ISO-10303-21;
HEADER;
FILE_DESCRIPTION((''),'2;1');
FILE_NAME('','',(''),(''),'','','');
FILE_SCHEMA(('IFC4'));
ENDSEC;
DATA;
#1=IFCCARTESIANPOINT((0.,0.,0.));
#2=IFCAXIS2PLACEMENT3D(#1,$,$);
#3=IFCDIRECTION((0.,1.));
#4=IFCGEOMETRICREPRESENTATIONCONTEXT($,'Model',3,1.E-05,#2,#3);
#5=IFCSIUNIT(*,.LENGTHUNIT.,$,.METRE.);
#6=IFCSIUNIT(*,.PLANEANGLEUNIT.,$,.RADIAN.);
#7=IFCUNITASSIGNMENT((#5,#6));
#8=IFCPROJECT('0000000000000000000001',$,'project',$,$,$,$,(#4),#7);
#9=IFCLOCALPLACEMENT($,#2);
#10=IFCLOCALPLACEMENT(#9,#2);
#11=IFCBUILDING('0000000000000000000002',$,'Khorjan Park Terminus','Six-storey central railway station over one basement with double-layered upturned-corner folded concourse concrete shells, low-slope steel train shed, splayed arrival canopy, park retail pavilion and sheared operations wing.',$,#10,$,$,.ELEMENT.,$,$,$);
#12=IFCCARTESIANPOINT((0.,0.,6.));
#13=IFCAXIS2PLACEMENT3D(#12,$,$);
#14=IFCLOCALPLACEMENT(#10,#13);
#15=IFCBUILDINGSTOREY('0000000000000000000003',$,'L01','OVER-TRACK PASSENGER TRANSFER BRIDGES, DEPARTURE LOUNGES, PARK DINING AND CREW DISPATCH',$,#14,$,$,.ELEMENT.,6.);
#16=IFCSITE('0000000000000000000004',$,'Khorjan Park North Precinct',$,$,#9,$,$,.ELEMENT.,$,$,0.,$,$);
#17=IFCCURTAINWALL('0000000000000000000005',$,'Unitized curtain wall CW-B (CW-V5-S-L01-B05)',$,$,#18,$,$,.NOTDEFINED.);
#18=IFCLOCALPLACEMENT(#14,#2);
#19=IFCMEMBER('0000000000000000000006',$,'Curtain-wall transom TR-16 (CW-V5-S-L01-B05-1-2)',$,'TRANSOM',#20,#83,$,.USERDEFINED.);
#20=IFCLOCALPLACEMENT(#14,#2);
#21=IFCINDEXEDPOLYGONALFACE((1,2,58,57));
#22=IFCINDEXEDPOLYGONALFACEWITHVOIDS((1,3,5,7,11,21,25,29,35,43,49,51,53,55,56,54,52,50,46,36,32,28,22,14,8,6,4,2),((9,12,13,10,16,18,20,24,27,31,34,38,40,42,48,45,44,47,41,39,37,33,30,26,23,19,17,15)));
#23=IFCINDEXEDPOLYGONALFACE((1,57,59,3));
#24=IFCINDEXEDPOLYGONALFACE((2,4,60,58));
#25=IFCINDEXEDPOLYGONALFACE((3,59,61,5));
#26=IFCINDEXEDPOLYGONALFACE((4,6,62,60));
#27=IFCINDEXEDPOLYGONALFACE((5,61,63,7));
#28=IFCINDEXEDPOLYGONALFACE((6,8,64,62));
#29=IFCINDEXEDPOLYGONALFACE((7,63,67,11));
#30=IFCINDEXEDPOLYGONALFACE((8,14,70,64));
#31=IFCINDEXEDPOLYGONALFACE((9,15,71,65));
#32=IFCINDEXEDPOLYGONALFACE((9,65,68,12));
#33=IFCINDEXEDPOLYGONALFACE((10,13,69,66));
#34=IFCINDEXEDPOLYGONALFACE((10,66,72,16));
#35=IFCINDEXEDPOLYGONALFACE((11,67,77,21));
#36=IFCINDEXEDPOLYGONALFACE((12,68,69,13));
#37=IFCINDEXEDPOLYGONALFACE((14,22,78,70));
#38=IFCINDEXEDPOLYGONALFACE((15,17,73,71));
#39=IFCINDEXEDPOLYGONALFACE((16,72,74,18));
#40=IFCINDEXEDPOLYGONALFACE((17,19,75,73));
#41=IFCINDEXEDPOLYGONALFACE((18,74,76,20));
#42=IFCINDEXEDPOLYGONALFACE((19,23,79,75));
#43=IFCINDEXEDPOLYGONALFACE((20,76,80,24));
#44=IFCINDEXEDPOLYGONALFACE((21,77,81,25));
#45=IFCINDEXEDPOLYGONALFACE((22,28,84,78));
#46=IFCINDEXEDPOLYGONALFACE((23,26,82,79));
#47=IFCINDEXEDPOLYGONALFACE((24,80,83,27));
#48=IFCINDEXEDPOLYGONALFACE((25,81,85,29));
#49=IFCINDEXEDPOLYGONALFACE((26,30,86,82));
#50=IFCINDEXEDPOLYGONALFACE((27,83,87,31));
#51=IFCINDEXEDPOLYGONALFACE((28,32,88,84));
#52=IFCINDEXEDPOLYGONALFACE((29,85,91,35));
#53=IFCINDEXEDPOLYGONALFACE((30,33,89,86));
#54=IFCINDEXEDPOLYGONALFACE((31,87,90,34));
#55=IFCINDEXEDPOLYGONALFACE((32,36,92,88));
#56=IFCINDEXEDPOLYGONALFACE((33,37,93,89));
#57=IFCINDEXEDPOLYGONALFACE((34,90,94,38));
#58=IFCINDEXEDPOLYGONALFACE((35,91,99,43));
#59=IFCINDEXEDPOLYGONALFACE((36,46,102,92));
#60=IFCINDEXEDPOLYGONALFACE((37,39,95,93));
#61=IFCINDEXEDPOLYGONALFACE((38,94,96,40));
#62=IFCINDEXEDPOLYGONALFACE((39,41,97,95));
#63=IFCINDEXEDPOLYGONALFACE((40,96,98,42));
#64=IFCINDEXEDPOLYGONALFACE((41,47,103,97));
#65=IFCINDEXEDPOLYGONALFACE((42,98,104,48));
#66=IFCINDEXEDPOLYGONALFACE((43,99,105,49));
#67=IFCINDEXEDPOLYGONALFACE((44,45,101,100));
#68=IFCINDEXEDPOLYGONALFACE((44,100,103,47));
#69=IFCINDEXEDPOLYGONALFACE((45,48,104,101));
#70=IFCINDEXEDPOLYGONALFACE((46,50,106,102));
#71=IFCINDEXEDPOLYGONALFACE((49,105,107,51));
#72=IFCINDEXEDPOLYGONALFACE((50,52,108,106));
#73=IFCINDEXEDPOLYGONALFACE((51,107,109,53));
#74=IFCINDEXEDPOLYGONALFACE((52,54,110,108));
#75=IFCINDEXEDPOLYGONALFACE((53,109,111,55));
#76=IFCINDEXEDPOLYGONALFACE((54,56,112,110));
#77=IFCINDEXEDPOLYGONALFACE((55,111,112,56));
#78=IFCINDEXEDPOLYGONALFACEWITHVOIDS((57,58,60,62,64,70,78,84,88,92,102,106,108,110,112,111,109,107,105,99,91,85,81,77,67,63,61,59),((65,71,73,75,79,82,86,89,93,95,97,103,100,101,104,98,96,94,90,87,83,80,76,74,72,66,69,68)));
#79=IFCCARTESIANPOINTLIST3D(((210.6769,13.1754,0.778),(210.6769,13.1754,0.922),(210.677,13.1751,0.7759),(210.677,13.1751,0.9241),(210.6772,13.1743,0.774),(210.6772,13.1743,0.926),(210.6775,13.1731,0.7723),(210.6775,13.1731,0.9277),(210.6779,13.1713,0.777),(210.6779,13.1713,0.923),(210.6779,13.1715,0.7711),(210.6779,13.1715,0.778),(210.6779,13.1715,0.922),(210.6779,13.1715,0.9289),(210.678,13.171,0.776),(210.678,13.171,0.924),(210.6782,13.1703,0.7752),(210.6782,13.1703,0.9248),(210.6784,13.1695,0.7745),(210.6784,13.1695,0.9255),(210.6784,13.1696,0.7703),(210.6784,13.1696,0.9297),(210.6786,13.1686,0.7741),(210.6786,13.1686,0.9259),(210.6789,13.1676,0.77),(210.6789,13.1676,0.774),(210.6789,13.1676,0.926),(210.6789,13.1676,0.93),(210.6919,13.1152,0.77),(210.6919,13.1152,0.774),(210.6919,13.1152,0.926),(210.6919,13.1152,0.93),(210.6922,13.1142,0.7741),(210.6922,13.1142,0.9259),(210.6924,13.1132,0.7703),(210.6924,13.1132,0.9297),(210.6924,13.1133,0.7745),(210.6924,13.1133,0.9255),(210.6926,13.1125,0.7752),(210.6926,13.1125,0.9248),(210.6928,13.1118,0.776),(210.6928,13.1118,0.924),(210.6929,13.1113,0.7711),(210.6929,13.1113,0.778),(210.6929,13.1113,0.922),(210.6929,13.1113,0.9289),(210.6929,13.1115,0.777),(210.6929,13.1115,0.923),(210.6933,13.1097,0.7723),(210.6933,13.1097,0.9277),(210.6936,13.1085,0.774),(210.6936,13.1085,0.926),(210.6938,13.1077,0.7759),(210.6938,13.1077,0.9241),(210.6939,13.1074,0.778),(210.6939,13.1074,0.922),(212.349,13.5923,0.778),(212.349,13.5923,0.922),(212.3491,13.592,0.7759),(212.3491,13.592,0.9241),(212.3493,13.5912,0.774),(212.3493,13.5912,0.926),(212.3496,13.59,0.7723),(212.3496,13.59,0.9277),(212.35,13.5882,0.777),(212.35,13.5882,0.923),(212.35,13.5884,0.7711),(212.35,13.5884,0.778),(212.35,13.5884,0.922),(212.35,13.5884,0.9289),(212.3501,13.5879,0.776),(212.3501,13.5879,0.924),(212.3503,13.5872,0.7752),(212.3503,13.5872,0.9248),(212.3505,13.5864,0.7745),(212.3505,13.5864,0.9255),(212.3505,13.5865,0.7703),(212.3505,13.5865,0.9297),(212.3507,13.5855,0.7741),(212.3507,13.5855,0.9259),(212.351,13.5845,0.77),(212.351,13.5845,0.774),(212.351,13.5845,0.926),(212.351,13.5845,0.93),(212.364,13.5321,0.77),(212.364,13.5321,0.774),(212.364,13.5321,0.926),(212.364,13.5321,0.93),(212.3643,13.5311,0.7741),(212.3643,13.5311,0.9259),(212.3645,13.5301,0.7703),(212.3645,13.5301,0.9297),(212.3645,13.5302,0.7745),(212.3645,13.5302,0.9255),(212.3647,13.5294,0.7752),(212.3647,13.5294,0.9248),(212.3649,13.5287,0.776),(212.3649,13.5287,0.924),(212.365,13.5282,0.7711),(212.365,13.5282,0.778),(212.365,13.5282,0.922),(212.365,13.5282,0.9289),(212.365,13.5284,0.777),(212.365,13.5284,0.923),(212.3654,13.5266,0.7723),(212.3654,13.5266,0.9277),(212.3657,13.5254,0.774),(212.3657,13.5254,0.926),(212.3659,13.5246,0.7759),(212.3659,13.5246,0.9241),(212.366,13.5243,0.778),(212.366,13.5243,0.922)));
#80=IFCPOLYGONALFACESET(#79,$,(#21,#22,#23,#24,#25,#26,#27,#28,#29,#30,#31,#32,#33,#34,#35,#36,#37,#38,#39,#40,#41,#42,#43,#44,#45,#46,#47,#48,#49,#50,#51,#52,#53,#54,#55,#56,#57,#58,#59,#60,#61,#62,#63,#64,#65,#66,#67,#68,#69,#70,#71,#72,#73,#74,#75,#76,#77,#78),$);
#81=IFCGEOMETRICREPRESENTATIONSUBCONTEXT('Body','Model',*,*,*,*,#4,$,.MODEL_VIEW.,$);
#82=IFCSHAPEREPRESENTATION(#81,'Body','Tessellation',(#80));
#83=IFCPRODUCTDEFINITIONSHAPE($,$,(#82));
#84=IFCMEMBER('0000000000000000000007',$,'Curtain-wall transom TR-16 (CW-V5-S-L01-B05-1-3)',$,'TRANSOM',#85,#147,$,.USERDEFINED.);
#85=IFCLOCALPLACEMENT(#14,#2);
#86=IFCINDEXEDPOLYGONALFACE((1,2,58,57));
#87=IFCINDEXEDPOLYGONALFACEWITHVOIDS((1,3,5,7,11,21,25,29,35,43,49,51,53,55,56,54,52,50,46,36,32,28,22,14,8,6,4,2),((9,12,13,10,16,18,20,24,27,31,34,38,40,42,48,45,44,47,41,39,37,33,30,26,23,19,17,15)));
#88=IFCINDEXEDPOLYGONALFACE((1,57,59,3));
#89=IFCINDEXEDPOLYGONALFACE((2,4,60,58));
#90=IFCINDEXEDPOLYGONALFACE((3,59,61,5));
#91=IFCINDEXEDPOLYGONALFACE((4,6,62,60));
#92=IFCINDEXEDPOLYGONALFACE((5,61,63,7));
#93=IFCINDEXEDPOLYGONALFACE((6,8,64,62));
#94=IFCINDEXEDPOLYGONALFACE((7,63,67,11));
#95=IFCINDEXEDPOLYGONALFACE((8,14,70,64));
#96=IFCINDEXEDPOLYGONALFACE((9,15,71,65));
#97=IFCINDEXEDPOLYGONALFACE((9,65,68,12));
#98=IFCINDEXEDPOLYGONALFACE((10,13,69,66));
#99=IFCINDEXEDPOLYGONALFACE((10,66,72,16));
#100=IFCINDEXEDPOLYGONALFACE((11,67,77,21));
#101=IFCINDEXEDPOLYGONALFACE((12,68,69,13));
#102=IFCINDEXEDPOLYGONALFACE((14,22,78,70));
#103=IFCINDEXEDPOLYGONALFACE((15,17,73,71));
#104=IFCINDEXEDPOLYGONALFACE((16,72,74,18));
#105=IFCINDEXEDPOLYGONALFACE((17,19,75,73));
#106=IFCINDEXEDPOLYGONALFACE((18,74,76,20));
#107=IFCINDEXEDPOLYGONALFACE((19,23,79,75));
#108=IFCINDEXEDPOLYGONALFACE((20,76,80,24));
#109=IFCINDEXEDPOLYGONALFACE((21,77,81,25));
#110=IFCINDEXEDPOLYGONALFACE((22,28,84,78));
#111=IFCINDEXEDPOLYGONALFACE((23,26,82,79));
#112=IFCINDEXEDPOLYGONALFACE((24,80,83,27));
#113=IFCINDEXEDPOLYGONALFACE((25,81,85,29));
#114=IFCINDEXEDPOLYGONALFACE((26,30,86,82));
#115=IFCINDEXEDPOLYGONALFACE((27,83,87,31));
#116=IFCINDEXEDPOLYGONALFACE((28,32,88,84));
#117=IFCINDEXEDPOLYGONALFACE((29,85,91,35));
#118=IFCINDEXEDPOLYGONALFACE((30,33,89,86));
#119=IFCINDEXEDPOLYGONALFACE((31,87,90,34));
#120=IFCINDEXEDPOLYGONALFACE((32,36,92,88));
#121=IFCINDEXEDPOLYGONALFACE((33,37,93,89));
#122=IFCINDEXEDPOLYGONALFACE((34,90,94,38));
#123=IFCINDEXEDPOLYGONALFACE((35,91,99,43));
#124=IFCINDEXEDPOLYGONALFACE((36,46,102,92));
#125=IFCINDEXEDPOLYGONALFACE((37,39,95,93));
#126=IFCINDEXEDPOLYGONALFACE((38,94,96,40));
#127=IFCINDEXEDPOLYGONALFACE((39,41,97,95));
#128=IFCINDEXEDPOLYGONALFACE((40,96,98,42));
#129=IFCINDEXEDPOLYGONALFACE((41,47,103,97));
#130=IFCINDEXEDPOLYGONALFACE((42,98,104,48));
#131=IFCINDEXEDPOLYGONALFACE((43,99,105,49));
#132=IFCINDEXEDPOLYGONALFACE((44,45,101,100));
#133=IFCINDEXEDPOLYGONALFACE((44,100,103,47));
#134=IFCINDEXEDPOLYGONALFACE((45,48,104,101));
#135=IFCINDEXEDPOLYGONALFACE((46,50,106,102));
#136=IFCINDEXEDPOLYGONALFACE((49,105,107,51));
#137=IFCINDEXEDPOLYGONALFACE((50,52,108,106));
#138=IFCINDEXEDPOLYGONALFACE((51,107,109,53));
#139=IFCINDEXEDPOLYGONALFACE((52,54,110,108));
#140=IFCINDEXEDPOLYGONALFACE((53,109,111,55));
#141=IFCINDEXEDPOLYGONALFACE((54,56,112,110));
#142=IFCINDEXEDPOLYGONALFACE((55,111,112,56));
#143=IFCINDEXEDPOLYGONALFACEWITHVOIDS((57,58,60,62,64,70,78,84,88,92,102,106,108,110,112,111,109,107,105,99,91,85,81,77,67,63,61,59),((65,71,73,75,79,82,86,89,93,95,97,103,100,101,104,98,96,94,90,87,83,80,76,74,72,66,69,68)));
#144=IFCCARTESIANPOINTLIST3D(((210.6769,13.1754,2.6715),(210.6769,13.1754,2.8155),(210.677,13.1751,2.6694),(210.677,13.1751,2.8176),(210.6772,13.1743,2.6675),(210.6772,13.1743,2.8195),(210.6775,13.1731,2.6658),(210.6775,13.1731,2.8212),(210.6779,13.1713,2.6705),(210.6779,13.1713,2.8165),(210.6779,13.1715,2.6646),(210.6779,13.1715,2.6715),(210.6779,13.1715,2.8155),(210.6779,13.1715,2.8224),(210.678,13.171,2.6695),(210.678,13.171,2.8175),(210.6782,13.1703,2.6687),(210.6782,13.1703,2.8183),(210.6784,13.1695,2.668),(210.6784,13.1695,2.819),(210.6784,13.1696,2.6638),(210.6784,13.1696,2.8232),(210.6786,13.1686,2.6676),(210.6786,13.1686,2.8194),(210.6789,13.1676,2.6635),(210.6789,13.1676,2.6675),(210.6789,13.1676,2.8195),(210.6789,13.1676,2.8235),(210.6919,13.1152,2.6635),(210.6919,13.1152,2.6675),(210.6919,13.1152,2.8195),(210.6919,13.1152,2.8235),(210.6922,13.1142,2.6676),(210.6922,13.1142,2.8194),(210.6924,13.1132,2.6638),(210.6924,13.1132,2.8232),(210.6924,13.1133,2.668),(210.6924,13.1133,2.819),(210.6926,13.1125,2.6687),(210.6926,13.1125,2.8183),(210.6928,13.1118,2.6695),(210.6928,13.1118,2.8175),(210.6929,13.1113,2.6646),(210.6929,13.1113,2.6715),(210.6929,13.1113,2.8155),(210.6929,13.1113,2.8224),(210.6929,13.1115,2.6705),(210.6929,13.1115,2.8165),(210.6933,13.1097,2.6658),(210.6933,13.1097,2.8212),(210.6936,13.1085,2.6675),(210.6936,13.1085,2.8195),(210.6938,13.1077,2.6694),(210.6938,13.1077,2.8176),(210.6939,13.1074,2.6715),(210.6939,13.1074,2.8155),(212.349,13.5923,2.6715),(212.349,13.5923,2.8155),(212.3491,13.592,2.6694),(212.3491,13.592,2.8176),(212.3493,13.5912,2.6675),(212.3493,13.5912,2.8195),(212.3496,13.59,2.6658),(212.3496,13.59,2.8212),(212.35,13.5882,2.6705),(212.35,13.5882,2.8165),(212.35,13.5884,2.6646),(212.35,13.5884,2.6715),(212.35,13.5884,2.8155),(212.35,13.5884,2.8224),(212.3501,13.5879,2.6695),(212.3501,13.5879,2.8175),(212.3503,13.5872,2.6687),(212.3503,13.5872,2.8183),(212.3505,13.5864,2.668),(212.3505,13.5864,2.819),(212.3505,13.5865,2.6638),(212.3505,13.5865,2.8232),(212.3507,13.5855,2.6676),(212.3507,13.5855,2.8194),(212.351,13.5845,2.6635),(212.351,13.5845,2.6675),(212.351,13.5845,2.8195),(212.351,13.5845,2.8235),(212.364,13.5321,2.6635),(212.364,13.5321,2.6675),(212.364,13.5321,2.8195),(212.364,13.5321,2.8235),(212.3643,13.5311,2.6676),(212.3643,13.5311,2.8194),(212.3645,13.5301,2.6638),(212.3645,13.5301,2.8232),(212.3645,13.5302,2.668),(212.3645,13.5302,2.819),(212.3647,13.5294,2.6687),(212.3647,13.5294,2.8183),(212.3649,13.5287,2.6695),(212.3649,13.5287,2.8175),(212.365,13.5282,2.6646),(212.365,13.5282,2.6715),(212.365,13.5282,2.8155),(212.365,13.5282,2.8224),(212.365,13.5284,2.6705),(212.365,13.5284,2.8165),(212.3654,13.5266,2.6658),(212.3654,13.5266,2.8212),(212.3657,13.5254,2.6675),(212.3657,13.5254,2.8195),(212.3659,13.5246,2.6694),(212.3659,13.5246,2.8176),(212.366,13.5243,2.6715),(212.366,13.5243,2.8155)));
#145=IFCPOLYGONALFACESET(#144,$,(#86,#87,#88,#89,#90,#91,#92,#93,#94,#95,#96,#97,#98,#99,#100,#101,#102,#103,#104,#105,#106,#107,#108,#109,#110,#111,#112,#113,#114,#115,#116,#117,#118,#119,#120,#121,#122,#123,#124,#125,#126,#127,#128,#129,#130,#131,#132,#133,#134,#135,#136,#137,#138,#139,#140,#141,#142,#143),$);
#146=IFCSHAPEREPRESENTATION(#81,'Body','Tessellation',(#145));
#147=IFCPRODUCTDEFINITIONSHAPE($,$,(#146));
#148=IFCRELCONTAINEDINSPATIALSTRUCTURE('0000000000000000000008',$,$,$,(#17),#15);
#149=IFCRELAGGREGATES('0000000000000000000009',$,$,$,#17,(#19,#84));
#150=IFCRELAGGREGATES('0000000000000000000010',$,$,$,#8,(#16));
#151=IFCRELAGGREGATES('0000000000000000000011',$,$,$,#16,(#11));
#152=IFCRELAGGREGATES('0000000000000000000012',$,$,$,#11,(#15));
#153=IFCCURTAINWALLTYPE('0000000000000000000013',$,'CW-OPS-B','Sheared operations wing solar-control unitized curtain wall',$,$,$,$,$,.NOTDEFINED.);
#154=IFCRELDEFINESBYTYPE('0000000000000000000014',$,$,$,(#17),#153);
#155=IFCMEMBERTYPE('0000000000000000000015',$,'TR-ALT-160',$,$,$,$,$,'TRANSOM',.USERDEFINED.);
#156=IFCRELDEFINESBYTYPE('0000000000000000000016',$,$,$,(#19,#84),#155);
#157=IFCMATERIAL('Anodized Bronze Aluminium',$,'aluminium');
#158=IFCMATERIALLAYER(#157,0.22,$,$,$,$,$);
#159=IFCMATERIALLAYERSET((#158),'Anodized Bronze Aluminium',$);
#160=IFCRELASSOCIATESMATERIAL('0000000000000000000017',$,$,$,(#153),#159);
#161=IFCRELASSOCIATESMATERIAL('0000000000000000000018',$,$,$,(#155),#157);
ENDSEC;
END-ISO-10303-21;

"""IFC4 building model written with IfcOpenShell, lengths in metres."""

from ifc_helpers import new_model, si_unit, direction, frame, origin, origin_2d, place, context, subcontext, project, spatial, hollow_rectangle, extrude, material, layer, layer_set, material_profile, profile_set, type_object, element, aggregate, save


model = new_model("IFC4")

# Units and contexts
model_context = context("Model", 3, precision=1e-05, world=origin(), true_north=direction((0.0, 1.0)))
body_context = subcontext(model_context, "Body", "Model", "MODEL_VIEW")
ifc_project = project(units=[si_unit("LENGTHUNIT", "METRE"), si_unit("PLANEANGLEUNIT", "RADIAN")], contexts=[model_context])

# Site, building, storey
site_placement = place(None, origin())
site = spatial("IfcSite", under=ifc_project, at=site_placement, Name="Khorjan Park North Precinct", CompositionType="ELEMENT", RefElevation=0.0)
building_placement = place(site_placement, origin())
building = spatial("IfcBuilding", under=site, at=building_placement, Name="Khorjan Park Terminus", Description="Six-storey central railway station over one basement with double-layered upturned-corner folded concourse concrete shells, low-slope steel train shed, splayed arrival canopy, park retail pavilion and sheared operations wing.", CompositionType="ELEMENT")
storey_placement = place(building_placement, frame((0.0, 0.0, 6.0)))
storey = spatial("IfcBuildingStorey", under=building, at=storey_placement, Name="L01", Description="OVER-TRACK PASSENGER TRANSFER BRIDGES, DEPARTURE LOUNGES, PARK DINING AND CREW DISPATCH", CompositionType="ELEMENT", Elevation=6.0)

# Curtain wall, members
ifc_material_1 = material(Name="Anodized Bronze Aluminium", Category="aluminium")
ifc_layer_1 = layer(ifc_material_1, 0.22)
ifc_layer_set_1 = layer_set([ifc_layer_1], Name="Anodized Bronze Aluminium")
curtain_wall_type = type_object("IfcCurtainWallType", Name="CW-OPS-B", Description="Sheared operations wing solar-control unitized curtain wall", PredefinedType="NOTDEFINED", material=ifc_layer_set_1)
curtain_wall_placement = place(storey_placement, origin())
curtain_wall = element("IfcCurtainWall", 1, at=curtain_wall_placement, inside=storey, type_object=curtain_wall_type, Name="Unitized curtain wall CW-B (CW-V5-S-L01-B05)", PredefinedType="NOTDEFINED")
ifc_material_profile_1 = material_profile(ifc_material_1, hollow_rectangle(XDim=0.07, YDim=0.16, WallThickness=0.004, InnerFilletRadius=0.004, OuterFilletRadius=0.008, at=origin_2d()), Name="ALT 70x160x4")
ifc_profile_set_1 = profile_set([ifc_material_profile_1], Name="Anodized Bronze Aluminium")
member_type_1 = type_object("IfcMemberType", Name="TR-ALT-160", ElementType="TRANSOM", PredefinedType="USERDEFINED", material=ifc_profile_set_1)
member_1_placement = place(storey_placement, frame((210.6854, 13.1414, 0.85), z_axis=(0.970296, 0.241921, 0.0), x_axis=(-0.241921, 0.970296, 0.0)))
member_1 = element("IfcMember", 2, at=member_1_placement, type_object=member_type_1, Name="Curtain-wall transom TR-16 (CW-V5-S-L01-B05-1-2)", ObjectType="TRANSOM", PredefinedType="USERDEFINED", context=body_context, shape_type="SweptSolid", body=[
    extrude(hollow_rectangle(XDim=0.07, YDim=0.16, WallThickness=0.004, InnerFilletRadius=0.004, OuterFilletRadius=0.008, at=origin_2d()), origin(), (0.0, 0.0, 1.0), 1.7233),
])
member_2_placement = place(storey_placement, frame((210.6854, 13.1414, 2.7435), z_axis=(0.970296, 0.241921, 0.0), x_axis=(-0.241921, 0.970296, 0.0)))
member_2 = element("IfcMember", 3, at=member_2_placement, type_object=member_type_1, Name="Curtain-wall transom TR-16 (CW-V5-S-L01-B05-1-3)", ObjectType="TRANSOM", PredefinedType="USERDEFINED", context=body_context, shape_type="SweptSolid", body=[
    extrude(hollow_rectangle(XDim=0.07, YDim=0.16, WallThickness=0.004, InnerFilletRadius=0.004, OuterFilletRadius=0.008, at=origin_2d()), origin(), (0.0, 0.0, 1.0), 1.7233),
])
aggregate(curtain_wall, [member_1, member_2])

save(model, "model.ifc")
